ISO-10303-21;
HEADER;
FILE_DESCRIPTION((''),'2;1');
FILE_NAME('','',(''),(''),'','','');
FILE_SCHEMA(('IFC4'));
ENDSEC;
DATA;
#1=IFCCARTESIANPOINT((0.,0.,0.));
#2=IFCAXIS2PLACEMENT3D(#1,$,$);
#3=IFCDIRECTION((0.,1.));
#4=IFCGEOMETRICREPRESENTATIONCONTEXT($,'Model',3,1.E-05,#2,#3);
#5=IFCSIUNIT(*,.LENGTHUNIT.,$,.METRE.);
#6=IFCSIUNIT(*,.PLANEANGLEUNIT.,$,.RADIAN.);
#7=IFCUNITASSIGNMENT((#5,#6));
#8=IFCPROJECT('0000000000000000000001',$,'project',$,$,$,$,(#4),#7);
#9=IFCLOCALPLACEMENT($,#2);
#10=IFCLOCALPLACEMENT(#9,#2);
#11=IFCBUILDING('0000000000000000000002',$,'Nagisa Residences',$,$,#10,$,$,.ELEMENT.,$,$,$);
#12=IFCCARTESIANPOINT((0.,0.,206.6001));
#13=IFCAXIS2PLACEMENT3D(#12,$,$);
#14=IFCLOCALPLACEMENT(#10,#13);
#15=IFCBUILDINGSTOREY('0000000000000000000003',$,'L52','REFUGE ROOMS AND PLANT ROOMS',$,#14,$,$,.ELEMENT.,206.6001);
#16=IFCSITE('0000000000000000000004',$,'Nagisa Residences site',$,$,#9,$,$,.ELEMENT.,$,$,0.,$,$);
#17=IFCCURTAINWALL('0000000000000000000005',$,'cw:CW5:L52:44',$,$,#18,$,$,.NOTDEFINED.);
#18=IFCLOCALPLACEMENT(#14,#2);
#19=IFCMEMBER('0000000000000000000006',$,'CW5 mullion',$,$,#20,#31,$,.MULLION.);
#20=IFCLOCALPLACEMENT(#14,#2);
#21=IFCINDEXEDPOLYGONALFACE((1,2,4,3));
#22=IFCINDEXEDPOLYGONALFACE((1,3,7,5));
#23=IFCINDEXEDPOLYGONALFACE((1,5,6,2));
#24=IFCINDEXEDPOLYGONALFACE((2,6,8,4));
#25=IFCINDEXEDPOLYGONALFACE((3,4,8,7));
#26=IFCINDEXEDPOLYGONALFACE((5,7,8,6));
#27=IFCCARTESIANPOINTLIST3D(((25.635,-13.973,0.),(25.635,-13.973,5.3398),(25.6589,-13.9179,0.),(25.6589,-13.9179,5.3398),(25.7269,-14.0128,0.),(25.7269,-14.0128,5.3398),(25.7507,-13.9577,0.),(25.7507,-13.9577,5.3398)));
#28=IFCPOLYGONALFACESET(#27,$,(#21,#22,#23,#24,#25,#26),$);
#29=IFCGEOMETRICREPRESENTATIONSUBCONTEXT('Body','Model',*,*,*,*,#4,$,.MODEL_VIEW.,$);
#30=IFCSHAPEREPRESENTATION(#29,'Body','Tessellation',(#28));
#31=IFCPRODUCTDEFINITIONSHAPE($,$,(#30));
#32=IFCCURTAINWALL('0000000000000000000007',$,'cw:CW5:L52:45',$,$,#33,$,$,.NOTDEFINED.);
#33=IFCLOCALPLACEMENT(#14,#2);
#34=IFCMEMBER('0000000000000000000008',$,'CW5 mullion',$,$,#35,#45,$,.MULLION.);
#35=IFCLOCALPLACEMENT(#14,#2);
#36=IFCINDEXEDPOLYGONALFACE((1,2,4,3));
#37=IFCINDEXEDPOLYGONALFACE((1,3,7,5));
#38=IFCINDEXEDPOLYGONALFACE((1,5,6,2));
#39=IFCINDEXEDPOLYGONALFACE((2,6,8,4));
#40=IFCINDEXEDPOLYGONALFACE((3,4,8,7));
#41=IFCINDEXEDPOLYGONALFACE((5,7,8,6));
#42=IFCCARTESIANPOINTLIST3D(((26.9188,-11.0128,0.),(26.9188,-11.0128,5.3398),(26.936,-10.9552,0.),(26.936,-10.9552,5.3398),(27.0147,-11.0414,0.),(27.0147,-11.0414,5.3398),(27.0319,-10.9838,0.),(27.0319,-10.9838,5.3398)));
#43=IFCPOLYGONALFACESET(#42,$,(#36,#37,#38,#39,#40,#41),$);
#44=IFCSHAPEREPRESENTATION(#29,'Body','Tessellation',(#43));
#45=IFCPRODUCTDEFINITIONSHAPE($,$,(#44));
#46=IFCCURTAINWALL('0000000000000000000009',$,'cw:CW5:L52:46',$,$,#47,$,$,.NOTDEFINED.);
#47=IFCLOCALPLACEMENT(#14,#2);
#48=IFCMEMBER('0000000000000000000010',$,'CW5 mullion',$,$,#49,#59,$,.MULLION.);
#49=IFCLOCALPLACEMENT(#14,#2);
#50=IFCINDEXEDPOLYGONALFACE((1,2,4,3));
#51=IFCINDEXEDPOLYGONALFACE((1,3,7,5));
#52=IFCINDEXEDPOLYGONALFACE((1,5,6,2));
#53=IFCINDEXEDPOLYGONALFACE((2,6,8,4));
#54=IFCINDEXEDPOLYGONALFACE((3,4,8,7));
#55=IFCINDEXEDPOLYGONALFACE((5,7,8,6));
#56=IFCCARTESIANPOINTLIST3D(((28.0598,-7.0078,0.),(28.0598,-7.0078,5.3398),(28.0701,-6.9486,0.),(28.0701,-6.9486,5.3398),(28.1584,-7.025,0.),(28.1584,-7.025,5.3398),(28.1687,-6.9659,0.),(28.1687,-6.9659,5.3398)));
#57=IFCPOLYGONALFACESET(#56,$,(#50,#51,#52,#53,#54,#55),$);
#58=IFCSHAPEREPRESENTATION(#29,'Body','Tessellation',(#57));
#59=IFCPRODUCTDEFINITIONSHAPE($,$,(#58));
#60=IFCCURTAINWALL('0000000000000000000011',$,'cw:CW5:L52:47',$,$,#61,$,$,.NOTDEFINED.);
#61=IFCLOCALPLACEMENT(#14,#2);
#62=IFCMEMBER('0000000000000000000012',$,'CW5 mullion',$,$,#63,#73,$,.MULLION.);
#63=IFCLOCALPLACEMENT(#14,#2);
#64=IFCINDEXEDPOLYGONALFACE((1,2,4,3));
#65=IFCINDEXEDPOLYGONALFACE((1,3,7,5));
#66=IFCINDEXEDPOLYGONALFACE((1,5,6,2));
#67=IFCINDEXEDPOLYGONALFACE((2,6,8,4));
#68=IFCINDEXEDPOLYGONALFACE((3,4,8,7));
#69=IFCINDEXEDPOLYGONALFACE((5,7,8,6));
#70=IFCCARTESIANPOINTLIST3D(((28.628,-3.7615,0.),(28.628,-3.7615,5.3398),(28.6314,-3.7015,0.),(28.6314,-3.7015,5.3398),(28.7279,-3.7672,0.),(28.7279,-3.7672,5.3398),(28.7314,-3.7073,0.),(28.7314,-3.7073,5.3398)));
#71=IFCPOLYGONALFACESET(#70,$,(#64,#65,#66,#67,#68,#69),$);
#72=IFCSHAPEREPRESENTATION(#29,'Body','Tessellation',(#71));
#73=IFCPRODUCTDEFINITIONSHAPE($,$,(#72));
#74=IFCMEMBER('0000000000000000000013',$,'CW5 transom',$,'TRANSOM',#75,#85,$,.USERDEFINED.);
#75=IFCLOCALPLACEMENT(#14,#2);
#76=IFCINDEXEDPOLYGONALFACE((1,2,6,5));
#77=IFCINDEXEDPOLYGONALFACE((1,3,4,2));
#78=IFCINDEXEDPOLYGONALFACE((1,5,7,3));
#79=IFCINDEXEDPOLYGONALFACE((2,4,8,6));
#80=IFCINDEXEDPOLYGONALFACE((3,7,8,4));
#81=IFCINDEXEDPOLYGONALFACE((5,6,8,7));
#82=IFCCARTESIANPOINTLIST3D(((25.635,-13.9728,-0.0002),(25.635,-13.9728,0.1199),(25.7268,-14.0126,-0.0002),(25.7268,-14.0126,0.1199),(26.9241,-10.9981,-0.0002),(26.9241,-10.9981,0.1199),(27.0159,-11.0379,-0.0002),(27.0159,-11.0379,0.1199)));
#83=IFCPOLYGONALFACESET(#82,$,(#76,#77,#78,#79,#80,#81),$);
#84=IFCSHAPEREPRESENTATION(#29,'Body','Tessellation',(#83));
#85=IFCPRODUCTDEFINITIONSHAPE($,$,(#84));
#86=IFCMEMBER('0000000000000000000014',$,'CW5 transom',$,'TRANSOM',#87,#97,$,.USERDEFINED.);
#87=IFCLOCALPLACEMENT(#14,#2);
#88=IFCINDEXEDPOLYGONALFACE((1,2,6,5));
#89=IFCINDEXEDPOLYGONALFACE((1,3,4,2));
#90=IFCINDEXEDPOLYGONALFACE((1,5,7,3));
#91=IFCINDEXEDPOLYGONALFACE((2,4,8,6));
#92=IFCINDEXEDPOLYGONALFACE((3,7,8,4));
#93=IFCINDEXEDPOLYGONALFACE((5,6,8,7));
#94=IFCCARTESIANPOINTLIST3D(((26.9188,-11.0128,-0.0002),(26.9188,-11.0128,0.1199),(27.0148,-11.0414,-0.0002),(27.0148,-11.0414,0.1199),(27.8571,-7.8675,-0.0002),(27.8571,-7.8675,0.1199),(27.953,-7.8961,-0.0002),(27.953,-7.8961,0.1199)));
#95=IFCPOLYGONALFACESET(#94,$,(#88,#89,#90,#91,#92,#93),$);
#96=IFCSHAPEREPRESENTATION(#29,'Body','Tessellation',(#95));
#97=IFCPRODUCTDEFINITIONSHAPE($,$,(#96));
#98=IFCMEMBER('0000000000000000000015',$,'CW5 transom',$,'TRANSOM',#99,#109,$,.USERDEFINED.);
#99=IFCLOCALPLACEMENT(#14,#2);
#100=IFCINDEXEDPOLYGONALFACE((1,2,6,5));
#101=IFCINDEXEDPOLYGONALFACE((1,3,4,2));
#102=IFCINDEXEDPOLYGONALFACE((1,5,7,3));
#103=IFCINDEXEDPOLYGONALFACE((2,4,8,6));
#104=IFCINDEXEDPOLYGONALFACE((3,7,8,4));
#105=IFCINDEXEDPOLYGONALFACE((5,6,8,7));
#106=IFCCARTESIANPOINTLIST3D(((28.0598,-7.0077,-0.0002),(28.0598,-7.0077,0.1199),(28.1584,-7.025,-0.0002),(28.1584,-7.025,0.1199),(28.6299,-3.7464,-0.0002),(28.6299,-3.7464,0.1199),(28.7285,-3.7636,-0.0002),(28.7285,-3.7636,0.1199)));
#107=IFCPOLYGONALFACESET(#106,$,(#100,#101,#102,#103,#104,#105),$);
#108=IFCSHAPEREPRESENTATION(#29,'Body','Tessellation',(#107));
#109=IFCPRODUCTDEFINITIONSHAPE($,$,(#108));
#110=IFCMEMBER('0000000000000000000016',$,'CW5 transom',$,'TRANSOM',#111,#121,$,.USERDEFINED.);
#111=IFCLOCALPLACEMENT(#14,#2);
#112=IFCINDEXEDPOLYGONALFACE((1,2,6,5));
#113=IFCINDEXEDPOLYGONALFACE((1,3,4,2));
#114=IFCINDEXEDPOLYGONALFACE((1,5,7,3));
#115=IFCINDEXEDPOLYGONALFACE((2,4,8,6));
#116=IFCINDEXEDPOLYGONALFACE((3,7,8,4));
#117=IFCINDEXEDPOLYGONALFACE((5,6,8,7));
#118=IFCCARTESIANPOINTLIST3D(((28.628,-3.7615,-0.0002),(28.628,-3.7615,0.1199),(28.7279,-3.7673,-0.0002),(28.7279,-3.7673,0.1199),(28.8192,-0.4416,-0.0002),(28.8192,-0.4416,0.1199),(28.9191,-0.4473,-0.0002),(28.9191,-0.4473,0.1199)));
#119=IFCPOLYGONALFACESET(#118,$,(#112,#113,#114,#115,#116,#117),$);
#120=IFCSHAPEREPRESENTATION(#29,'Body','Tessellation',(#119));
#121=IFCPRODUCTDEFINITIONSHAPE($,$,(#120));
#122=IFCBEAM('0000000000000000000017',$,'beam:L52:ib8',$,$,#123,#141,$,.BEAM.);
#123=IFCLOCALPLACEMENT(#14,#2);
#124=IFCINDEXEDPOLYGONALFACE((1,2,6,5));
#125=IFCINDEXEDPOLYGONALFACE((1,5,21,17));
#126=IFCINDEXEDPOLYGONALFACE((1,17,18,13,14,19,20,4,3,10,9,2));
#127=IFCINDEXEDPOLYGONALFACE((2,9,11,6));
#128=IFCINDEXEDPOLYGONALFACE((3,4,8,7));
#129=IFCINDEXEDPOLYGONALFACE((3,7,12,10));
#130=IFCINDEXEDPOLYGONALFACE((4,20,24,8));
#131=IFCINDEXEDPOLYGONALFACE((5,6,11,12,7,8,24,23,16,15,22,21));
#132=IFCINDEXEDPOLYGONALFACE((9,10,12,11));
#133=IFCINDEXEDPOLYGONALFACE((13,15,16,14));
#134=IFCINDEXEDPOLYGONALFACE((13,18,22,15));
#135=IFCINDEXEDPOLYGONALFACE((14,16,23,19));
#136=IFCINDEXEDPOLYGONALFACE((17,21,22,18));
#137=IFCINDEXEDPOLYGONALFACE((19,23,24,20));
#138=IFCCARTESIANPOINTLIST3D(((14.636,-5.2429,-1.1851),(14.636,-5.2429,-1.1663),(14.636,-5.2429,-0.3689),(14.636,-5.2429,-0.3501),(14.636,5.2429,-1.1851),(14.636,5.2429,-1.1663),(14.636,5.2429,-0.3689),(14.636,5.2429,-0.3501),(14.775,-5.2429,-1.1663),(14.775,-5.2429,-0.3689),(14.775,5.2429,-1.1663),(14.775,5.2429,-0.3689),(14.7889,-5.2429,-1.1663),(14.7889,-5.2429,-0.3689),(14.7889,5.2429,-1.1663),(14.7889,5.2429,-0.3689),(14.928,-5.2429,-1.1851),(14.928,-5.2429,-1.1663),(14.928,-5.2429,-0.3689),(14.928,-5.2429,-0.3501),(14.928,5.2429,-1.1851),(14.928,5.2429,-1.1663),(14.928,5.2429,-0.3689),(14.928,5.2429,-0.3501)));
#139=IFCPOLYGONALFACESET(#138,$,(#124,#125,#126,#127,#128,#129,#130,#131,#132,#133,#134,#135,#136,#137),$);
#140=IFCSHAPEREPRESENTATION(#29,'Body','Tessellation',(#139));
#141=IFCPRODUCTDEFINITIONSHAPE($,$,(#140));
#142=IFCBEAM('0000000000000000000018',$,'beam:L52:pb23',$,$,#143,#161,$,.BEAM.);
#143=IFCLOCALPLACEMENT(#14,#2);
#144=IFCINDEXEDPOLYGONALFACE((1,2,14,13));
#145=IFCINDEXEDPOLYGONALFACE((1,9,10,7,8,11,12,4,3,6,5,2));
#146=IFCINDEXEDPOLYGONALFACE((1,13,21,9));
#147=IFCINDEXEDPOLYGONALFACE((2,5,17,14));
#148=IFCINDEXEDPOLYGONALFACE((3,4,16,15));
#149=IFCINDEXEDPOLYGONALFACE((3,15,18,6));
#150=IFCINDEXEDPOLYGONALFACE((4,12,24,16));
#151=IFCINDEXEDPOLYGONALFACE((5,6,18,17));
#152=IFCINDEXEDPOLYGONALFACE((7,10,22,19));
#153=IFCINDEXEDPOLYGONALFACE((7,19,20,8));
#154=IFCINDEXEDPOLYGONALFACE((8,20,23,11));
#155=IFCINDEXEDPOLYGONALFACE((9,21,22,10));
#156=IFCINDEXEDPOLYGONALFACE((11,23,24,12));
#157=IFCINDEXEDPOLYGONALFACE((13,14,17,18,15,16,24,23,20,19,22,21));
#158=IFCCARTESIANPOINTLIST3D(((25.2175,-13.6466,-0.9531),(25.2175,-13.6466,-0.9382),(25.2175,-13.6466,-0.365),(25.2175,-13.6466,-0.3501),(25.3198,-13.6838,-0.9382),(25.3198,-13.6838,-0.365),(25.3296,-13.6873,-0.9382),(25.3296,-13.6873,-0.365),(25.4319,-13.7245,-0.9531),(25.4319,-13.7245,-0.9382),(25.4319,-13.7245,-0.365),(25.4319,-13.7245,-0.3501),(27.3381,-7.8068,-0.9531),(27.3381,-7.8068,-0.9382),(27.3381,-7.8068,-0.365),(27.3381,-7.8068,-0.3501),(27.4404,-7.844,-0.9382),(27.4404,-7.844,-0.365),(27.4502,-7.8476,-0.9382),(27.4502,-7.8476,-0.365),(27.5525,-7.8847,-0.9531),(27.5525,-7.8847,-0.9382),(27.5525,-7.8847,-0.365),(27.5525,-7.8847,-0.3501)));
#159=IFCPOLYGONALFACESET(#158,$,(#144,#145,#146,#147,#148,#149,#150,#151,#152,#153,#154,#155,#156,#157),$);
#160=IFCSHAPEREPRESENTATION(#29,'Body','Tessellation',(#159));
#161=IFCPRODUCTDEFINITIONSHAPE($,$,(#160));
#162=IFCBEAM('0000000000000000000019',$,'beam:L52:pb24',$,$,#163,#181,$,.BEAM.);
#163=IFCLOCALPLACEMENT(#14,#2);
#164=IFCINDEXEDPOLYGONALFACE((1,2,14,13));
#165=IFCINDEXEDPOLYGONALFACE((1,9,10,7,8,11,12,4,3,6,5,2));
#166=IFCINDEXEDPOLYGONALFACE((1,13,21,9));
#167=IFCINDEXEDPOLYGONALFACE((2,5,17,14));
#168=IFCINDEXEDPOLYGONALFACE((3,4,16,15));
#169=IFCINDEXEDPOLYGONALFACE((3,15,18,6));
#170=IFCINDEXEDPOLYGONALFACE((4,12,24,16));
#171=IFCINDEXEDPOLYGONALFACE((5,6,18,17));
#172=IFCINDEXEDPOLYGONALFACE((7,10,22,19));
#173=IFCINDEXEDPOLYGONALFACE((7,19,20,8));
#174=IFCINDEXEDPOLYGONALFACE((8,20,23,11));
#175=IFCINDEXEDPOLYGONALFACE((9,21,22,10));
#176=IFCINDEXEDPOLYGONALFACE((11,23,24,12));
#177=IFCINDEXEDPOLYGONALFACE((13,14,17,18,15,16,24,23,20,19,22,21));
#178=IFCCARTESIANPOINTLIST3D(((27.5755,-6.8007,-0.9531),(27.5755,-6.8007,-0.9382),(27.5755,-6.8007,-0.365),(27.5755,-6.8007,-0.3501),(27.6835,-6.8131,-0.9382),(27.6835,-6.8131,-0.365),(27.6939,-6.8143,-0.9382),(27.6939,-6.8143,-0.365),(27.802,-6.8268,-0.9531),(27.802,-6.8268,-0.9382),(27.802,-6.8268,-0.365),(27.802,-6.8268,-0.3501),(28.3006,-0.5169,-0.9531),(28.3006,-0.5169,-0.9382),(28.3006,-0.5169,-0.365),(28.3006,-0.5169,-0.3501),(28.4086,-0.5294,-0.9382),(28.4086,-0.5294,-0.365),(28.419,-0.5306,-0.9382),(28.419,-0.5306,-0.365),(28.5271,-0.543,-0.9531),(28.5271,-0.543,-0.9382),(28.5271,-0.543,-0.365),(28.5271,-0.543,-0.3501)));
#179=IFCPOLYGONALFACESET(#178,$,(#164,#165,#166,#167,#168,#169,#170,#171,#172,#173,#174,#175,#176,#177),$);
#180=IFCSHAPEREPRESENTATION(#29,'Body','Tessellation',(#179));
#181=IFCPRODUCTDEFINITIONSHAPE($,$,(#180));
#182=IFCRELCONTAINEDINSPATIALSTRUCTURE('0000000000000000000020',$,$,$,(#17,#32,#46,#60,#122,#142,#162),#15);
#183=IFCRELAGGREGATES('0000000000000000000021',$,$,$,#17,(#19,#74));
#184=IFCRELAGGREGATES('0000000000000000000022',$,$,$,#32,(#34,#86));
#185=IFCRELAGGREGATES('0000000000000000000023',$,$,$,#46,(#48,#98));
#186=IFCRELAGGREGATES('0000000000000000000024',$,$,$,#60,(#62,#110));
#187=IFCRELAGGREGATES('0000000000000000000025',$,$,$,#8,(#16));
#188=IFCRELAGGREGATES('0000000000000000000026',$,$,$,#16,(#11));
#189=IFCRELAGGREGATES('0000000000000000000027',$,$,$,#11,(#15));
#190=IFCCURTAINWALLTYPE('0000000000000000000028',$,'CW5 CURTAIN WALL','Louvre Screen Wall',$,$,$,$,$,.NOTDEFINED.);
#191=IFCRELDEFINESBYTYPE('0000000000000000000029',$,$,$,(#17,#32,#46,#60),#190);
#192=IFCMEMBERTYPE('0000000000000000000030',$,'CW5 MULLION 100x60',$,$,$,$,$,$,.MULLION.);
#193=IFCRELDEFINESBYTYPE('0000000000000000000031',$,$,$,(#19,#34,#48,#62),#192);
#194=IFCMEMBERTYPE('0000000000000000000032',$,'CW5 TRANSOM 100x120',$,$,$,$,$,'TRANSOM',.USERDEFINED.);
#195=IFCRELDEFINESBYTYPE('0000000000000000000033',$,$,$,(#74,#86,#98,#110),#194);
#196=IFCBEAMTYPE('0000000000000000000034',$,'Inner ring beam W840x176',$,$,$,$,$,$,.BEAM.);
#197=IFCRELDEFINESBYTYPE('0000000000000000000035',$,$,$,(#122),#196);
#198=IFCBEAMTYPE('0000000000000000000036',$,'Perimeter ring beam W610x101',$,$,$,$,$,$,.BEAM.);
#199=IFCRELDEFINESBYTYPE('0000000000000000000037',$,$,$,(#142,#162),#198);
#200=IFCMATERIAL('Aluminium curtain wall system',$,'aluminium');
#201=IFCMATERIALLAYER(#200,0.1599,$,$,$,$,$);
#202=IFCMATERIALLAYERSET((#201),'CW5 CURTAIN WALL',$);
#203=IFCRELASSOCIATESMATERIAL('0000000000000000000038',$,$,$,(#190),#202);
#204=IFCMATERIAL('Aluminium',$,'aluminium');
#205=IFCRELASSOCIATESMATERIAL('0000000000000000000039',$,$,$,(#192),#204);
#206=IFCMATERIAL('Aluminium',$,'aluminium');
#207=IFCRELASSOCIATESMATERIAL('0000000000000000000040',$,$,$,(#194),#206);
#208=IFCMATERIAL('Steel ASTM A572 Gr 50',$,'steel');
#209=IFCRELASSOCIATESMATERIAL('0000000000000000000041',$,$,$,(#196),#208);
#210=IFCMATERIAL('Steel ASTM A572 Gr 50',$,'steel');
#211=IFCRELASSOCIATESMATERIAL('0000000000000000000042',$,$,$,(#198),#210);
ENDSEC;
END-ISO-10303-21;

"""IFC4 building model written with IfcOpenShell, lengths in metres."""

from ifc_helpers import new_model, si_unit, direction, frame, origin, origin_2d, place, context, subcontext, project, spatial, rectangle, i_section, extrude, material, layer, layer_set, material_profile, profile_set, type_object, element, aggregate, save


model = new_model("IFC4")

# Units and contexts
model_context = context("Model", 3, precision=1e-05, world=origin(), true_north=direction((0.0, 1.0)))
body_context = subcontext(model_context, "Body", "Model", "MODEL_VIEW")
ifc_project = project(units=[si_unit("LENGTHUNIT", "METRE"), si_unit("PLANEANGLEUNIT", "RADIAN")], contexts=[model_context])

# Site, building, storey
site_placement = place(None, origin())
site = spatial("IfcSite", under=ifc_project, at=site_placement, Name="Nagisa Residences site", CompositionType="ELEMENT", RefElevation=0.0)
building_placement = place(site_placement, origin())
building = spatial("IfcBuilding", under=site, at=building_placement, Name="Nagisa Residences", CompositionType="ELEMENT")
storey_placement = place(building_placement, frame((0.0, 0.0, 206.6001)))
storey = spatial("IfcBuildingStorey", under=building, at=storey_placement, Name="L52", Description="REFUGE ROOMS AND PLANT ROOMS", CompositionType="ELEMENT", Elevation=206.6001)

# Curtain walls, members
ifc_material_1 = material(Name="Aluminium curtain wall system", Category="aluminium")
ifc_layer_1 = layer(ifc_material_1, 0.1599)
ifc_layer_set_1 = layer_set([ifc_layer_1], Name="CW5 CURTAIN WALL")
curtain_wall_type = type_object("IfcCurtainWallType", Name="CW5 CURTAIN WALL", Description="Louvre Screen Wall", PredefinedType="NOTDEFINED", material=ifc_layer_set_1)
curtain_wall_1_placement = place(storey_placement, origin())
curtain_wall_1 = element("IfcCurtainWall", 1, at=curtain_wall_1_placement, inside=storey, type_object=curtain_wall_type, Name="cw:CW5:L52:44", PredefinedType="NOTDEFINED")
ifc_material_2 = material(Name="Aluminium", Category="aluminium")
ifc_material_profile_1 = material_profile(ifc_material_2, rectangle(XDim=0.1001, YDim=0.0601, at=origin_2d()), Name="CW5 MULLION 100x60")
ifc_profile_set_1 = profile_set([ifc_material_profile_1], Name="Aluminium")
member_type_1 = type_object("IfcMemberType", Name="CW5 MULLION 100x60", PredefinedType="MULLION", material=ifc_profile_set_1)
member_1_placement = place(storey_placement, frame((25.6929, -13.9653, 0.0), z_axis=(0.0, 0.0, 1.0), x_axis=(-0.917543, 0.397636, 0.0)))
member_1 = element("IfcMember", 2, at=member_1_placement, type_object=member_type_1, Name="CW5 mullion", PredefinedType="MULLION", context=body_context, shape_type="SweptSolid", body=[
    extrude(rectangle(XDim=0.1001, YDim=0.0601, at=origin_2d()), origin(), (0.0, 0.0, 1.0), 5.3398),
])
curtain_wall_2_placement = place(storey_placement, origin())
curtain_wall_2 = element("IfcCurtainWall", 3, at=curtain_wall_2_placement, inside=storey, type_object=curtain_wall_type, Name="cw:CW5:L52:45", PredefinedType="NOTDEFINED")
member_2_placement = place(storey_placement, frame((26.9753, -10.9983, 0.0), z_axis=(0.0, 0.0, 1.0), x_axis=(-0.958271, 0.28586, 0.0)))
member_2 = element("IfcMember", 4, at=member_2_placement, type_object=member_type_1, Name="CW5 mullion", PredefinedType="MULLION", context=body_context, shape_type="SweptSolid", body=[
    extrude(rectangle(XDim=0.1001, YDim=0.0601, at=origin_2d()), origin(), (0.0, 0.0, 1.0), 5.3398),
])
curtain_wall_3_placement = place(storey_placement, origin())
curtain_wall_3 = element("IfcCurtainWall", 5, at=curtain_wall_3_placement, inside=storey, type_object=curtain_wall_type, Name="cw:CW5:L52:46", PredefinedType="NOTDEFINED")
member_3_placement = place(storey_placement, frame((28.1143, -6.9868, 0.0), z_axis=(0.0, 0.0, 1.0), x_axis=(-0.985064, 0.172191, 0.0)))
member_3 = element("IfcMember", 6, at=member_3_placement, type_object=member_type_1, Name="CW5 mullion", PredefinedType="MULLION", context=body_context, shape_type="SweptSolid", body=[
    extrude(rectangle(XDim=0.1001, YDim=0.0601, at=origin_2d()), origin(), (0.0, 0.0, 1.0), 5.3398),
])
curtain_wall_4_placement = place(storey_placement, origin())
curtain_wall_4 = element("IfcCurtainWall", 7, at=curtain_wall_4_placement, inside=storey, type_object=curtain_wall_type, Name="cw:CW5:L52:47", PredefinedType="NOTDEFINED")
member_4_placement = place(storey_placement, frame((28.6797, -3.7344, 0.0), z_axis=(0.0, 0.0, 1.0), x_axis=(-0.998345, 0.057503, 0.0)))
member_4 = element("IfcMember", 8, at=member_4_placement, type_object=member_type_1, Name="CW5 mullion", PredefinedType="MULLION", context=body_context, shape_type="SweptSolid", body=[
    extrude(rectangle(XDim=0.1001, YDim=0.0601, at=origin_2d()), origin(), (0.0, 0.0, 1.0), 5.3398),
])

# Members
ifc_material_3 = material(Name="Aluminium", Category="aluminium")
ifc_material_profile_2 = material_profile(ifc_material_3, rectangle(XDim=0.1001, YDim=0.1201, at=origin_2d()), Name="CW5 TRANSOM 100x120")
ifc_profile_set_2 = profile_set([ifc_material_profile_2], Name="Aluminium")
member_type_2 = type_object("IfcMemberType", Name="CW5 TRANSOM 100x120", ElementType="TRANSOM", PredefinedType="USERDEFINED", material=ifc_profile_set_2)
member_5_placement = place(storey_placement, frame((25.6809, -13.9927, 0.0598), z_axis=(0.397624, 0.917548, 0.0), x_axis=(-0.917548, 0.397624, 0.0)))
member_5 = element("IfcMember", 9, at=member_5_placement, type_object=member_type_2, Name="CW5 transom", ObjectType="TRANSOM", PredefinedType="USERDEFINED", context=body_context, shape_type="SweptSolid", body=[
    extrude(rectangle(XDim=0.1001, YDim=0.1201, at=origin_2d()), origin(), (0.0, 0.0, 1.0), 3.2419),
])
member_6_placement = place(storey_placement, frame((26.9668, -11.0271, 0.0598), z_axis=(0.285853, 0.958273, 0.0), x_axis=(-0.958273, 0.285853, 0.0)))
member_6 = element("IfcMember", 10, at=member_6_placement, type_object=member_type_2, Name="CW5 transom", ObjectType="TRANSOM", PredefinedType="USERDEFINED", context=body_context, shape_type="SweptSolid", body=[
    extrude(rectangle(XDim=0.1001, YDim=0.1201, at=origin_2d()), origin(), (0.0, 0.0, 1.0), 3.2822),
])
member_7_placement = place(storey_placement, frame((28.1091, -7.0164, 0.0598), z_axis=(0.172191, 0.985064, 0.0), x_axis=(-0.985064, 0.172191, 0.0)))
member_7 = element("IfcMember", 11, at=member_7_placement, type_object=member_type_2, Name="CW5 transom", ObjectType="TRANSOM", PredefinedType="USERDEFINED", context=body_context, shape_type="SweptSolid", body=[
    extrude(rectangle(XDim=0.1001, YDim=0.1201, at=origin_2d()), origin(), (0.0, 0.0, 1.0), 3.3108),
])
member_8_placement = place(storey_placement, frame((28.678, -3.7644, 0.0598), z_axis=(0.057487, 0.998346, 0.0), x_axis=(-0.998346, 0.057487, 0.0)))
member_8 = element("IfcMember", 12, at=member_8_placement, type_object=member_type_2, Name="CW5 transom", ObjectType="TRANSOM", PredefinedType="USERDEFINED", context=body_context, shape_type="SweptSolid", body=[
    extrude(rectangle(XDim=0.1001, YDim=0.1201, at=origin_2d()), origin(), (0.0, 0.0, 1.0), 3.3254),
])

# Beams
ifc_material_4 = material(Name="Steel ASTM A572 Gr 50", Category="steel")
ifc_material_profile_3 = material_profile(ifc_material_4, i_section(OverallWidth=0.292, OverallDepth=0.835, WebThickness=0.0139, FlangeThickness=0.0188, at=origin_2d()), Name="W840x176")
ifc_profile_set_3 = profile_set([ifc_material_profile_3], Name="Steel ASTM A572 Gr 50")
beam_type_1 = type_object("IfcBeamType", Name="Inner ring beam W840x176", PredefinedType="BEAM", material=ifc_profile_set_3)
beam_1_placement = place(storey_placement, frame((14.782, -5.2429, -0.7676), z_axis=(0.0, 1.0, 0.0), x_axis=(-1.0, 0.0, 0.0)))
element("IfcBeam", 13, at=beam_1_placement, inside=storey, type_object=beam_type_1, Name="beam:L52:ib8", PredefinedType="BEAM", context=body_context, shape_type="SweptSolid", body=[
    extrude(i_section(OverallWidth=0.292, OverallDepth=0.835, WebThickness=0.0139, FlangeThickness=0.0188, at=origin_2d()), origin(), (0.0, 0.0, 1.0), 10.4858),
])
ifc_material_5 = material(Name="Steel ASTM A572 Gr 50", Category="steel")
ifc_material_profile_4 = material_profile(ifc_material_5, i_section(OverallWidth=0.228, OverallDepth=0.603, WebThickness=0.0105, FlangeThickness=0.0149, at=origin_2d()), Name="W610x101")
ifc_profile_set_4 = profile_set([ifc_material_profile_4], Name="Steel ASTM A572 Gr 50")
beam_type_2 = type_object("IfcBeamType", Name="Perimeter ring beam W610x101", PredefinedType="BEAM", material=ifc_profile_set_4)
beam_2_placement = place(storey_placement, frame((25.3247, -13.6855, -0.6516), z_axis=(0.34132, 0.939947, 0.0), x_axis=(-0.939947, 0.34132, 0.0)))
element("IfcBeam", 14, at=beam_2_placement, inside=storey, type_object=beam_type_2, Name="beam:L52:pb23", PredefinedType="BEAM", context=body_context, shape_type="SweptSolid", body=[
    extrude(i_section(OverallWidth=0.228, OverallDepth=0.603, WebThickness=0.0105, FlangeThickness=0.0149, at=origin_2d()), origin(), (0.0, 0.0, 1.0), 6.2129),
])
beam_3_placement = place(storey_placement, frame((27.6887, -6.8137, -0.6516), z_axis=(0.114633, 0.993408, 0.0), x_axis=(-0.993408, 0.114633, 0.0)))
element("IfcBeam", 15, at=beam_3_placement, inside=storey, type_object=beam_type_2, Name="beam:L52:pb24", PredefinedType="BEAM", context=body_context, shape_type="SweptSolid", body=[
    extrude(i_section(OverallWidth=0.228, OverallDepth=0.603, WebThickness=0.0105, FlangeThickness=0.0149, at=origin_2d()), origin(), (0.0, 0.0, 1.0), 6.3254),
])

aggregate(curtain_wall_1, [member_1, member_5])
aggregate(curtain_wall_2, [member_2, member_6])
aggregate(curtain_wall_3, [member_3, member_7])
aggregate(curtain_wall_4, [member_4, member_8])

save(model, "model.ifc")
